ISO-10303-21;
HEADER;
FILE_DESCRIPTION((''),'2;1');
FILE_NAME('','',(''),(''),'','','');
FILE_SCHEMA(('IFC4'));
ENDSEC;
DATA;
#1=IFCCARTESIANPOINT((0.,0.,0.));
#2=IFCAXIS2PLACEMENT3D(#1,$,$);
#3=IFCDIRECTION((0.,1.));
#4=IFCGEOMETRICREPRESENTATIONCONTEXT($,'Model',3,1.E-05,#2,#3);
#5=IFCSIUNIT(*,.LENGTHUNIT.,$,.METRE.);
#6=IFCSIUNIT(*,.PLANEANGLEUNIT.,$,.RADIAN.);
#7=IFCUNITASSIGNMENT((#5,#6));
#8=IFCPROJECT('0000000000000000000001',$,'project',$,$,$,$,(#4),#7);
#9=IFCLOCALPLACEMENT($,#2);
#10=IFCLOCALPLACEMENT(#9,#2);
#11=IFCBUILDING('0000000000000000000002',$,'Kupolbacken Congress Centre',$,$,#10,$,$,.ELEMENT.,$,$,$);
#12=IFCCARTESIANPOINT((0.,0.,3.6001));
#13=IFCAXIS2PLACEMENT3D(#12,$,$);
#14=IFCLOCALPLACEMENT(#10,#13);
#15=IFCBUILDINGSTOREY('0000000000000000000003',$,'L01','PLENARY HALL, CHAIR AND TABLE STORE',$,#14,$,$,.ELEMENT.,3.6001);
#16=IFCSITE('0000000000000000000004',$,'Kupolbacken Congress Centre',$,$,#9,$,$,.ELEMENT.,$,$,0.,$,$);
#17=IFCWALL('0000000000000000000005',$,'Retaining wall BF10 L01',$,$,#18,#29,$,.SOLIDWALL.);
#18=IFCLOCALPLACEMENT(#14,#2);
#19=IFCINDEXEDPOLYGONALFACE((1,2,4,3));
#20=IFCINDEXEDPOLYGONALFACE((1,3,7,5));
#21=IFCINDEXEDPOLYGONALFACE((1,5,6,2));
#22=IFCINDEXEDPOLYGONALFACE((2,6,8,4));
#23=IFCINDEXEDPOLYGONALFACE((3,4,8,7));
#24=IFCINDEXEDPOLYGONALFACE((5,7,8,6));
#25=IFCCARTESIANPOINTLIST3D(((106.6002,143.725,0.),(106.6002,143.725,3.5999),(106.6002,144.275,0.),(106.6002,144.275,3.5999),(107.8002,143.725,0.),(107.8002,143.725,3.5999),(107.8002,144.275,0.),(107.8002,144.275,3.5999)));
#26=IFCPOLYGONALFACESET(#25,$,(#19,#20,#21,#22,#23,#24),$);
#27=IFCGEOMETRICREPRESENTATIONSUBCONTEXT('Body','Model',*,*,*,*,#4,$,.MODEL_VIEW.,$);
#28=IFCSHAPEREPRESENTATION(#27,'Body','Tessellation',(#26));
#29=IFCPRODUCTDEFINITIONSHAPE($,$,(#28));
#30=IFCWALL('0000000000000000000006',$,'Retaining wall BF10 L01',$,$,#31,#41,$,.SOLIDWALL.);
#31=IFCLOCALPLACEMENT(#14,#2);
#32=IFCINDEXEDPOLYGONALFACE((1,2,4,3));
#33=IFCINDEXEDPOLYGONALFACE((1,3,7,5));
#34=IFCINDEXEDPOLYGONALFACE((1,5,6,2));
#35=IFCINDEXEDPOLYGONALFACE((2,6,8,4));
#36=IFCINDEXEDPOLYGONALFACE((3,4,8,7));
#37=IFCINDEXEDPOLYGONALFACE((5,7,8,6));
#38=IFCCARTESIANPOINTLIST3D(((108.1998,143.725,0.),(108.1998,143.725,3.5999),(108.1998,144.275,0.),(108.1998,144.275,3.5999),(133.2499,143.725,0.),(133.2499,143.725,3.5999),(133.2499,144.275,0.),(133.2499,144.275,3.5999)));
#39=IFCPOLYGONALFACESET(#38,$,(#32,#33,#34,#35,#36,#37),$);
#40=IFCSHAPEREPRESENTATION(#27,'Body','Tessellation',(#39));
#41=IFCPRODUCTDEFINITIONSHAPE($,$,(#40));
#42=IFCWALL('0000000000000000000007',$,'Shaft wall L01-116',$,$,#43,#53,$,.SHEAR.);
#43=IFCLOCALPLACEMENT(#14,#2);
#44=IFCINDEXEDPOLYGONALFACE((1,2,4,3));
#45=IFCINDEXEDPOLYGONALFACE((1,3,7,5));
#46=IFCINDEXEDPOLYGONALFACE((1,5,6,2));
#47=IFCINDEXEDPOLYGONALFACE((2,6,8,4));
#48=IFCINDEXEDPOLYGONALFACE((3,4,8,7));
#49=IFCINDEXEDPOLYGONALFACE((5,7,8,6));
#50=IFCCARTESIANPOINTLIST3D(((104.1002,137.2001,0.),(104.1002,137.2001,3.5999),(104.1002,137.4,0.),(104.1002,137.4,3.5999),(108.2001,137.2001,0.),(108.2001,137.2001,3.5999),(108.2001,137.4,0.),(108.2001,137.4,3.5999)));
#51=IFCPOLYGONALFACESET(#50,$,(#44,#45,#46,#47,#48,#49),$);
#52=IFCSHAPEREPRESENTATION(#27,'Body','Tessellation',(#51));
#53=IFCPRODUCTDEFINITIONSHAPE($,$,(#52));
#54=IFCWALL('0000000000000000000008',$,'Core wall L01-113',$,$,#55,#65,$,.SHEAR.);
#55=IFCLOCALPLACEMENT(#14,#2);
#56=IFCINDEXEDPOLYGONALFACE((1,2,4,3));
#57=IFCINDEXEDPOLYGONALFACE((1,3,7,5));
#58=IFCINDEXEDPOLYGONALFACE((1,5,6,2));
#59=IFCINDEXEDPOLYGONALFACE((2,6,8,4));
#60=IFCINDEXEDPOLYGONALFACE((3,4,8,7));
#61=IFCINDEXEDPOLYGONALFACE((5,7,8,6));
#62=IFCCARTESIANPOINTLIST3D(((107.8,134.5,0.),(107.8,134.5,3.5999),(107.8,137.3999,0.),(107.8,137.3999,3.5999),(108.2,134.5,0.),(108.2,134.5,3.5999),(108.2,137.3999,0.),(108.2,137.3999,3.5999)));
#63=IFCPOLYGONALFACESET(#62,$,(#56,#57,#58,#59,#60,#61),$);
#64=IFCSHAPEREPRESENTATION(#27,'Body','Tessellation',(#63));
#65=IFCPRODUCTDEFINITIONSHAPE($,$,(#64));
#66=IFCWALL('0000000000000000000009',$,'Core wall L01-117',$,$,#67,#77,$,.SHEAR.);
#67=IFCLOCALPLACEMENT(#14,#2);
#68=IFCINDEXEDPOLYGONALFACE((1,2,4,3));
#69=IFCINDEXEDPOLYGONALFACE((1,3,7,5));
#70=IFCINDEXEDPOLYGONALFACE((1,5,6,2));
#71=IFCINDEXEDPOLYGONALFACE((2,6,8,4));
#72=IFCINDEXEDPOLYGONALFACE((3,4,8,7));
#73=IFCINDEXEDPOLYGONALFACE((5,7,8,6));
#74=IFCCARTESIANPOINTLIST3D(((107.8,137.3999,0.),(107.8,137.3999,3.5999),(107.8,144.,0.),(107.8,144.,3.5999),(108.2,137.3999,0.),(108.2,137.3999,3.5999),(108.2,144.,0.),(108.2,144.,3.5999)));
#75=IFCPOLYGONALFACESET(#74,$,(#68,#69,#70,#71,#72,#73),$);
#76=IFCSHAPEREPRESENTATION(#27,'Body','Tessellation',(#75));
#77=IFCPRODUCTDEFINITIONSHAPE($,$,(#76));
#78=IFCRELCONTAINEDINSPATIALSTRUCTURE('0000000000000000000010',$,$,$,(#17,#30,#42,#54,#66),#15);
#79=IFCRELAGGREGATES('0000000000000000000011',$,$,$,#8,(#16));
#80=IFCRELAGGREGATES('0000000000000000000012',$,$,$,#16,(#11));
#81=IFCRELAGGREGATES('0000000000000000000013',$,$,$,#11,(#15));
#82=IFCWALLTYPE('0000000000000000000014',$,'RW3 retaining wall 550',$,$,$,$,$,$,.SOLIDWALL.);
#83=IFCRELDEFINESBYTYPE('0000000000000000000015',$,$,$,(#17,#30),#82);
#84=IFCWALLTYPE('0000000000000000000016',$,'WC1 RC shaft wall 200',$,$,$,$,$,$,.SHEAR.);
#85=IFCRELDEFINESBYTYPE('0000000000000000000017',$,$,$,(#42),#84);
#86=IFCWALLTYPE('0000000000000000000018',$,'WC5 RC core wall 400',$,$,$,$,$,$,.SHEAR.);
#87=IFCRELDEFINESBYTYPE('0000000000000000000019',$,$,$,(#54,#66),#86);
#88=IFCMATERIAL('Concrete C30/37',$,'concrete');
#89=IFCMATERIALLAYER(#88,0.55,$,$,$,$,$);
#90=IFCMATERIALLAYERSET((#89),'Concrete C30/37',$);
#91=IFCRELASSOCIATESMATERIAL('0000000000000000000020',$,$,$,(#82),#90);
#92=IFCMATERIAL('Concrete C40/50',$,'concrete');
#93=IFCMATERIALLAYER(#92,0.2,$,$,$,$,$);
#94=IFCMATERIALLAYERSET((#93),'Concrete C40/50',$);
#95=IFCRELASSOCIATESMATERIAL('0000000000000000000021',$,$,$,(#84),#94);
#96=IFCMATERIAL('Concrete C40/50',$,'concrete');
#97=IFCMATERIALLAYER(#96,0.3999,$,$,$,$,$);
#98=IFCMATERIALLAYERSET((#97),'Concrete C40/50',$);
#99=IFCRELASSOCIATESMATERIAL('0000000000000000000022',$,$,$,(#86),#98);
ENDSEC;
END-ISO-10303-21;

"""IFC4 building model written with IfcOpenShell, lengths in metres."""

from ifc_helpers import new_model, si_unit, direction, frame, frame_2d, origin, place, context, subcontext, project, spatial, rectangle, extrude, material, layer, layer_set, type_object, element, save


model = new_model("IFC4")

# Units and contexts
model_context = context("Model", 3, precision=1e-05, world=origin(), true_north=direction((0.0, 1.0)))
body_context = subcontext(model_context, "Body", "Model", "MODEL_VIEW")
ifc_project = project(units=[si_unit("LENGTHUNIT", "METRE"), si_unit("PLANEANGLEUNIT", "RADIAN")], contexts=[model_context])

# Site, building, storey
site_placement = place(None, origin())
site = spatial("IfcSite", under=ifc_project, at=site_placement, Name="Kupolbacken Congress Centre", CompositionType="ELEMENT", RefElevation=0.0)
building_placement = place(site_placement, origin())
building = spatial("IfcBuilding", under=site, at=building_placement, Name="Kupolbacken Congress Centre", CompositionType="ELEMENT")
storey_placement = place(building_placement, frame((0.0, 0.0, 3.6001)))
storey = spatial("IfcBuildingStorey", under=building, at=storey_placement, Name="L01", Description="PLENARY HALL, CHAIR AND TABLE STORE", CompositionType="ELEMENT", Elevation=3.6001)

# Walls
ifc_material_1 = material(Name="Concrete C30/37", Category="concrete")
ifc_layer_1 = layer(ifc_material_1, 0.55)
ifc_layer_set_1 = layer_set([ifc_layer_1], Name="Concrete C30/37")
wall_type_1 = type_object("IfcWallType", Name="RW3 retaining wall 550", PredefinedType="SOLIDWALL", material=ifc_layer_set_1)
wall_1_placement = place(storey_placement, frame((106.6001, 144.0, 0.0), z_axis=(0.0, 0.0, 1.0), x_axis=(1.0, 0.0, 0.0)))
element("IfcWall", 1, at=wall_1_placement, inside=storey, type_object=wall_type_1, Name="Retaining wall BF10 L01", PredefinedType="SOLIDWALL", context=body_context, shape_type="SweptSolid", body=[
    extrude(rectangle(XDim=1.2, YDim=0.55, at=frame_2d((0.6001, 0.0))), origin(), (0.0, 0.0, 1.0), 3.5999),
])
wall_2_placement = place(storey_placement, frame((108.2, 144.0, 0.0), z_axis=(0.0, 0.0, 1.0), x_axis=(1.0, 0.0, 0.0)))
element("IfcWall", 2, at=wall_2_placement, inside=storey, type_object=wall_type_1, Name="Retaining wall BF10 L01", PredefinedType="SOLIDWALL", context=body_context, shape_type="SweptSolid", body=[
    extrude(rectangle(XDim=25.05, YDim=0.55, at=frame_2d((12.5249, 0.0))), origin(), (0.0, 0.0, 1.0), 3.5999),
])
ifc_material_2 = material(Name="Concrete C40/50", Category="concrete")
ifc_layer_2 = layer(ifc_material_2, 0.2)
ifc_layer_set_2 = layer_set([ifc_layer_2], Name="Concrete C40/50")
wall_type_2 = type_object("IfcWallType", Name="WC1 RC shaft wall 200", PredefinedType="SHEAR", material=ifc_layer_set_2)
wall_3_placement = place(storey_placement, frame((108.2, 137.3, 0.0), z_axis=(0.0, 0.0, 1.0), x_axis=(-1.0, 0.0, 0.0)))
element("IfcWall", 3, at=wall_3_placement, inside=storey, type_object=wall_type_2, Name="Shaft wall L01-116", PredefinedType="SHEAR", context=body_context, shape_type="SweptSolid", body=[
    extrude(rectangle(XDim=4.0999, YDim=0.2, at=frame_2d((2.0498, 0.0))), origin(), (0.0, 0.0, 1.0), 3.5999),
])
ifc_material_3 = material(Name="Concrete C40/50", Category="concrete")
ifc_layer_3 = layer(ifc_material_3, 0.3999)
ifc_layer_set_3 = layer_set([ifc_layer_3], Name="Concrete C40/50")
wall_type_3 = type_object("IfcWallType", Name="WC5 RC core wall 400", PredefinedType="SHEAR", material=ifc_layer_set_3)
wall_4_placement = place(storey_placement, frame((108.0, 134.5, 0.0), z_axis=(0.0, 0.0, 1.0), x_axis=(0.0, 1.0, 0.0)))
element("IfcWall", 4, at=wall_4_placement, inside=storey, type_object=wall_type_3, Name="Core wall L01-113", PredefinedType="SHEAR", context=body_context, shape_type="SweptSolid", body=[
    extrude(rectangle(XDim=2.8999, YDim=0.3999, at=frame_2d((1.45, 0.0))), origin(), (0.0, 0.0, 1.0), 3.5999),
])
wall_5_placement = place(storey_placement, frame((108.0, 137.3999, 0.0), z_axis=(0.0, 0.0, 1.0), x_axis=(0.0, 1.0, 0.0)))
element("IfcWall", 5, at=wall_5_placement, inside=storey, type_object=wall_type_3, Name="Core wall L01-117", PredefinedType="SHEAR", context=body_context, shape_type="SweptSolid", body=[
    extrude(rectangle(XDim=6.6001, YDim=0.3999, at=frame_2d((3.3, 0.0))), origin(), (0.0, 0.0, 1.0), 3.5999),
])

save(model, "model.ifc")
